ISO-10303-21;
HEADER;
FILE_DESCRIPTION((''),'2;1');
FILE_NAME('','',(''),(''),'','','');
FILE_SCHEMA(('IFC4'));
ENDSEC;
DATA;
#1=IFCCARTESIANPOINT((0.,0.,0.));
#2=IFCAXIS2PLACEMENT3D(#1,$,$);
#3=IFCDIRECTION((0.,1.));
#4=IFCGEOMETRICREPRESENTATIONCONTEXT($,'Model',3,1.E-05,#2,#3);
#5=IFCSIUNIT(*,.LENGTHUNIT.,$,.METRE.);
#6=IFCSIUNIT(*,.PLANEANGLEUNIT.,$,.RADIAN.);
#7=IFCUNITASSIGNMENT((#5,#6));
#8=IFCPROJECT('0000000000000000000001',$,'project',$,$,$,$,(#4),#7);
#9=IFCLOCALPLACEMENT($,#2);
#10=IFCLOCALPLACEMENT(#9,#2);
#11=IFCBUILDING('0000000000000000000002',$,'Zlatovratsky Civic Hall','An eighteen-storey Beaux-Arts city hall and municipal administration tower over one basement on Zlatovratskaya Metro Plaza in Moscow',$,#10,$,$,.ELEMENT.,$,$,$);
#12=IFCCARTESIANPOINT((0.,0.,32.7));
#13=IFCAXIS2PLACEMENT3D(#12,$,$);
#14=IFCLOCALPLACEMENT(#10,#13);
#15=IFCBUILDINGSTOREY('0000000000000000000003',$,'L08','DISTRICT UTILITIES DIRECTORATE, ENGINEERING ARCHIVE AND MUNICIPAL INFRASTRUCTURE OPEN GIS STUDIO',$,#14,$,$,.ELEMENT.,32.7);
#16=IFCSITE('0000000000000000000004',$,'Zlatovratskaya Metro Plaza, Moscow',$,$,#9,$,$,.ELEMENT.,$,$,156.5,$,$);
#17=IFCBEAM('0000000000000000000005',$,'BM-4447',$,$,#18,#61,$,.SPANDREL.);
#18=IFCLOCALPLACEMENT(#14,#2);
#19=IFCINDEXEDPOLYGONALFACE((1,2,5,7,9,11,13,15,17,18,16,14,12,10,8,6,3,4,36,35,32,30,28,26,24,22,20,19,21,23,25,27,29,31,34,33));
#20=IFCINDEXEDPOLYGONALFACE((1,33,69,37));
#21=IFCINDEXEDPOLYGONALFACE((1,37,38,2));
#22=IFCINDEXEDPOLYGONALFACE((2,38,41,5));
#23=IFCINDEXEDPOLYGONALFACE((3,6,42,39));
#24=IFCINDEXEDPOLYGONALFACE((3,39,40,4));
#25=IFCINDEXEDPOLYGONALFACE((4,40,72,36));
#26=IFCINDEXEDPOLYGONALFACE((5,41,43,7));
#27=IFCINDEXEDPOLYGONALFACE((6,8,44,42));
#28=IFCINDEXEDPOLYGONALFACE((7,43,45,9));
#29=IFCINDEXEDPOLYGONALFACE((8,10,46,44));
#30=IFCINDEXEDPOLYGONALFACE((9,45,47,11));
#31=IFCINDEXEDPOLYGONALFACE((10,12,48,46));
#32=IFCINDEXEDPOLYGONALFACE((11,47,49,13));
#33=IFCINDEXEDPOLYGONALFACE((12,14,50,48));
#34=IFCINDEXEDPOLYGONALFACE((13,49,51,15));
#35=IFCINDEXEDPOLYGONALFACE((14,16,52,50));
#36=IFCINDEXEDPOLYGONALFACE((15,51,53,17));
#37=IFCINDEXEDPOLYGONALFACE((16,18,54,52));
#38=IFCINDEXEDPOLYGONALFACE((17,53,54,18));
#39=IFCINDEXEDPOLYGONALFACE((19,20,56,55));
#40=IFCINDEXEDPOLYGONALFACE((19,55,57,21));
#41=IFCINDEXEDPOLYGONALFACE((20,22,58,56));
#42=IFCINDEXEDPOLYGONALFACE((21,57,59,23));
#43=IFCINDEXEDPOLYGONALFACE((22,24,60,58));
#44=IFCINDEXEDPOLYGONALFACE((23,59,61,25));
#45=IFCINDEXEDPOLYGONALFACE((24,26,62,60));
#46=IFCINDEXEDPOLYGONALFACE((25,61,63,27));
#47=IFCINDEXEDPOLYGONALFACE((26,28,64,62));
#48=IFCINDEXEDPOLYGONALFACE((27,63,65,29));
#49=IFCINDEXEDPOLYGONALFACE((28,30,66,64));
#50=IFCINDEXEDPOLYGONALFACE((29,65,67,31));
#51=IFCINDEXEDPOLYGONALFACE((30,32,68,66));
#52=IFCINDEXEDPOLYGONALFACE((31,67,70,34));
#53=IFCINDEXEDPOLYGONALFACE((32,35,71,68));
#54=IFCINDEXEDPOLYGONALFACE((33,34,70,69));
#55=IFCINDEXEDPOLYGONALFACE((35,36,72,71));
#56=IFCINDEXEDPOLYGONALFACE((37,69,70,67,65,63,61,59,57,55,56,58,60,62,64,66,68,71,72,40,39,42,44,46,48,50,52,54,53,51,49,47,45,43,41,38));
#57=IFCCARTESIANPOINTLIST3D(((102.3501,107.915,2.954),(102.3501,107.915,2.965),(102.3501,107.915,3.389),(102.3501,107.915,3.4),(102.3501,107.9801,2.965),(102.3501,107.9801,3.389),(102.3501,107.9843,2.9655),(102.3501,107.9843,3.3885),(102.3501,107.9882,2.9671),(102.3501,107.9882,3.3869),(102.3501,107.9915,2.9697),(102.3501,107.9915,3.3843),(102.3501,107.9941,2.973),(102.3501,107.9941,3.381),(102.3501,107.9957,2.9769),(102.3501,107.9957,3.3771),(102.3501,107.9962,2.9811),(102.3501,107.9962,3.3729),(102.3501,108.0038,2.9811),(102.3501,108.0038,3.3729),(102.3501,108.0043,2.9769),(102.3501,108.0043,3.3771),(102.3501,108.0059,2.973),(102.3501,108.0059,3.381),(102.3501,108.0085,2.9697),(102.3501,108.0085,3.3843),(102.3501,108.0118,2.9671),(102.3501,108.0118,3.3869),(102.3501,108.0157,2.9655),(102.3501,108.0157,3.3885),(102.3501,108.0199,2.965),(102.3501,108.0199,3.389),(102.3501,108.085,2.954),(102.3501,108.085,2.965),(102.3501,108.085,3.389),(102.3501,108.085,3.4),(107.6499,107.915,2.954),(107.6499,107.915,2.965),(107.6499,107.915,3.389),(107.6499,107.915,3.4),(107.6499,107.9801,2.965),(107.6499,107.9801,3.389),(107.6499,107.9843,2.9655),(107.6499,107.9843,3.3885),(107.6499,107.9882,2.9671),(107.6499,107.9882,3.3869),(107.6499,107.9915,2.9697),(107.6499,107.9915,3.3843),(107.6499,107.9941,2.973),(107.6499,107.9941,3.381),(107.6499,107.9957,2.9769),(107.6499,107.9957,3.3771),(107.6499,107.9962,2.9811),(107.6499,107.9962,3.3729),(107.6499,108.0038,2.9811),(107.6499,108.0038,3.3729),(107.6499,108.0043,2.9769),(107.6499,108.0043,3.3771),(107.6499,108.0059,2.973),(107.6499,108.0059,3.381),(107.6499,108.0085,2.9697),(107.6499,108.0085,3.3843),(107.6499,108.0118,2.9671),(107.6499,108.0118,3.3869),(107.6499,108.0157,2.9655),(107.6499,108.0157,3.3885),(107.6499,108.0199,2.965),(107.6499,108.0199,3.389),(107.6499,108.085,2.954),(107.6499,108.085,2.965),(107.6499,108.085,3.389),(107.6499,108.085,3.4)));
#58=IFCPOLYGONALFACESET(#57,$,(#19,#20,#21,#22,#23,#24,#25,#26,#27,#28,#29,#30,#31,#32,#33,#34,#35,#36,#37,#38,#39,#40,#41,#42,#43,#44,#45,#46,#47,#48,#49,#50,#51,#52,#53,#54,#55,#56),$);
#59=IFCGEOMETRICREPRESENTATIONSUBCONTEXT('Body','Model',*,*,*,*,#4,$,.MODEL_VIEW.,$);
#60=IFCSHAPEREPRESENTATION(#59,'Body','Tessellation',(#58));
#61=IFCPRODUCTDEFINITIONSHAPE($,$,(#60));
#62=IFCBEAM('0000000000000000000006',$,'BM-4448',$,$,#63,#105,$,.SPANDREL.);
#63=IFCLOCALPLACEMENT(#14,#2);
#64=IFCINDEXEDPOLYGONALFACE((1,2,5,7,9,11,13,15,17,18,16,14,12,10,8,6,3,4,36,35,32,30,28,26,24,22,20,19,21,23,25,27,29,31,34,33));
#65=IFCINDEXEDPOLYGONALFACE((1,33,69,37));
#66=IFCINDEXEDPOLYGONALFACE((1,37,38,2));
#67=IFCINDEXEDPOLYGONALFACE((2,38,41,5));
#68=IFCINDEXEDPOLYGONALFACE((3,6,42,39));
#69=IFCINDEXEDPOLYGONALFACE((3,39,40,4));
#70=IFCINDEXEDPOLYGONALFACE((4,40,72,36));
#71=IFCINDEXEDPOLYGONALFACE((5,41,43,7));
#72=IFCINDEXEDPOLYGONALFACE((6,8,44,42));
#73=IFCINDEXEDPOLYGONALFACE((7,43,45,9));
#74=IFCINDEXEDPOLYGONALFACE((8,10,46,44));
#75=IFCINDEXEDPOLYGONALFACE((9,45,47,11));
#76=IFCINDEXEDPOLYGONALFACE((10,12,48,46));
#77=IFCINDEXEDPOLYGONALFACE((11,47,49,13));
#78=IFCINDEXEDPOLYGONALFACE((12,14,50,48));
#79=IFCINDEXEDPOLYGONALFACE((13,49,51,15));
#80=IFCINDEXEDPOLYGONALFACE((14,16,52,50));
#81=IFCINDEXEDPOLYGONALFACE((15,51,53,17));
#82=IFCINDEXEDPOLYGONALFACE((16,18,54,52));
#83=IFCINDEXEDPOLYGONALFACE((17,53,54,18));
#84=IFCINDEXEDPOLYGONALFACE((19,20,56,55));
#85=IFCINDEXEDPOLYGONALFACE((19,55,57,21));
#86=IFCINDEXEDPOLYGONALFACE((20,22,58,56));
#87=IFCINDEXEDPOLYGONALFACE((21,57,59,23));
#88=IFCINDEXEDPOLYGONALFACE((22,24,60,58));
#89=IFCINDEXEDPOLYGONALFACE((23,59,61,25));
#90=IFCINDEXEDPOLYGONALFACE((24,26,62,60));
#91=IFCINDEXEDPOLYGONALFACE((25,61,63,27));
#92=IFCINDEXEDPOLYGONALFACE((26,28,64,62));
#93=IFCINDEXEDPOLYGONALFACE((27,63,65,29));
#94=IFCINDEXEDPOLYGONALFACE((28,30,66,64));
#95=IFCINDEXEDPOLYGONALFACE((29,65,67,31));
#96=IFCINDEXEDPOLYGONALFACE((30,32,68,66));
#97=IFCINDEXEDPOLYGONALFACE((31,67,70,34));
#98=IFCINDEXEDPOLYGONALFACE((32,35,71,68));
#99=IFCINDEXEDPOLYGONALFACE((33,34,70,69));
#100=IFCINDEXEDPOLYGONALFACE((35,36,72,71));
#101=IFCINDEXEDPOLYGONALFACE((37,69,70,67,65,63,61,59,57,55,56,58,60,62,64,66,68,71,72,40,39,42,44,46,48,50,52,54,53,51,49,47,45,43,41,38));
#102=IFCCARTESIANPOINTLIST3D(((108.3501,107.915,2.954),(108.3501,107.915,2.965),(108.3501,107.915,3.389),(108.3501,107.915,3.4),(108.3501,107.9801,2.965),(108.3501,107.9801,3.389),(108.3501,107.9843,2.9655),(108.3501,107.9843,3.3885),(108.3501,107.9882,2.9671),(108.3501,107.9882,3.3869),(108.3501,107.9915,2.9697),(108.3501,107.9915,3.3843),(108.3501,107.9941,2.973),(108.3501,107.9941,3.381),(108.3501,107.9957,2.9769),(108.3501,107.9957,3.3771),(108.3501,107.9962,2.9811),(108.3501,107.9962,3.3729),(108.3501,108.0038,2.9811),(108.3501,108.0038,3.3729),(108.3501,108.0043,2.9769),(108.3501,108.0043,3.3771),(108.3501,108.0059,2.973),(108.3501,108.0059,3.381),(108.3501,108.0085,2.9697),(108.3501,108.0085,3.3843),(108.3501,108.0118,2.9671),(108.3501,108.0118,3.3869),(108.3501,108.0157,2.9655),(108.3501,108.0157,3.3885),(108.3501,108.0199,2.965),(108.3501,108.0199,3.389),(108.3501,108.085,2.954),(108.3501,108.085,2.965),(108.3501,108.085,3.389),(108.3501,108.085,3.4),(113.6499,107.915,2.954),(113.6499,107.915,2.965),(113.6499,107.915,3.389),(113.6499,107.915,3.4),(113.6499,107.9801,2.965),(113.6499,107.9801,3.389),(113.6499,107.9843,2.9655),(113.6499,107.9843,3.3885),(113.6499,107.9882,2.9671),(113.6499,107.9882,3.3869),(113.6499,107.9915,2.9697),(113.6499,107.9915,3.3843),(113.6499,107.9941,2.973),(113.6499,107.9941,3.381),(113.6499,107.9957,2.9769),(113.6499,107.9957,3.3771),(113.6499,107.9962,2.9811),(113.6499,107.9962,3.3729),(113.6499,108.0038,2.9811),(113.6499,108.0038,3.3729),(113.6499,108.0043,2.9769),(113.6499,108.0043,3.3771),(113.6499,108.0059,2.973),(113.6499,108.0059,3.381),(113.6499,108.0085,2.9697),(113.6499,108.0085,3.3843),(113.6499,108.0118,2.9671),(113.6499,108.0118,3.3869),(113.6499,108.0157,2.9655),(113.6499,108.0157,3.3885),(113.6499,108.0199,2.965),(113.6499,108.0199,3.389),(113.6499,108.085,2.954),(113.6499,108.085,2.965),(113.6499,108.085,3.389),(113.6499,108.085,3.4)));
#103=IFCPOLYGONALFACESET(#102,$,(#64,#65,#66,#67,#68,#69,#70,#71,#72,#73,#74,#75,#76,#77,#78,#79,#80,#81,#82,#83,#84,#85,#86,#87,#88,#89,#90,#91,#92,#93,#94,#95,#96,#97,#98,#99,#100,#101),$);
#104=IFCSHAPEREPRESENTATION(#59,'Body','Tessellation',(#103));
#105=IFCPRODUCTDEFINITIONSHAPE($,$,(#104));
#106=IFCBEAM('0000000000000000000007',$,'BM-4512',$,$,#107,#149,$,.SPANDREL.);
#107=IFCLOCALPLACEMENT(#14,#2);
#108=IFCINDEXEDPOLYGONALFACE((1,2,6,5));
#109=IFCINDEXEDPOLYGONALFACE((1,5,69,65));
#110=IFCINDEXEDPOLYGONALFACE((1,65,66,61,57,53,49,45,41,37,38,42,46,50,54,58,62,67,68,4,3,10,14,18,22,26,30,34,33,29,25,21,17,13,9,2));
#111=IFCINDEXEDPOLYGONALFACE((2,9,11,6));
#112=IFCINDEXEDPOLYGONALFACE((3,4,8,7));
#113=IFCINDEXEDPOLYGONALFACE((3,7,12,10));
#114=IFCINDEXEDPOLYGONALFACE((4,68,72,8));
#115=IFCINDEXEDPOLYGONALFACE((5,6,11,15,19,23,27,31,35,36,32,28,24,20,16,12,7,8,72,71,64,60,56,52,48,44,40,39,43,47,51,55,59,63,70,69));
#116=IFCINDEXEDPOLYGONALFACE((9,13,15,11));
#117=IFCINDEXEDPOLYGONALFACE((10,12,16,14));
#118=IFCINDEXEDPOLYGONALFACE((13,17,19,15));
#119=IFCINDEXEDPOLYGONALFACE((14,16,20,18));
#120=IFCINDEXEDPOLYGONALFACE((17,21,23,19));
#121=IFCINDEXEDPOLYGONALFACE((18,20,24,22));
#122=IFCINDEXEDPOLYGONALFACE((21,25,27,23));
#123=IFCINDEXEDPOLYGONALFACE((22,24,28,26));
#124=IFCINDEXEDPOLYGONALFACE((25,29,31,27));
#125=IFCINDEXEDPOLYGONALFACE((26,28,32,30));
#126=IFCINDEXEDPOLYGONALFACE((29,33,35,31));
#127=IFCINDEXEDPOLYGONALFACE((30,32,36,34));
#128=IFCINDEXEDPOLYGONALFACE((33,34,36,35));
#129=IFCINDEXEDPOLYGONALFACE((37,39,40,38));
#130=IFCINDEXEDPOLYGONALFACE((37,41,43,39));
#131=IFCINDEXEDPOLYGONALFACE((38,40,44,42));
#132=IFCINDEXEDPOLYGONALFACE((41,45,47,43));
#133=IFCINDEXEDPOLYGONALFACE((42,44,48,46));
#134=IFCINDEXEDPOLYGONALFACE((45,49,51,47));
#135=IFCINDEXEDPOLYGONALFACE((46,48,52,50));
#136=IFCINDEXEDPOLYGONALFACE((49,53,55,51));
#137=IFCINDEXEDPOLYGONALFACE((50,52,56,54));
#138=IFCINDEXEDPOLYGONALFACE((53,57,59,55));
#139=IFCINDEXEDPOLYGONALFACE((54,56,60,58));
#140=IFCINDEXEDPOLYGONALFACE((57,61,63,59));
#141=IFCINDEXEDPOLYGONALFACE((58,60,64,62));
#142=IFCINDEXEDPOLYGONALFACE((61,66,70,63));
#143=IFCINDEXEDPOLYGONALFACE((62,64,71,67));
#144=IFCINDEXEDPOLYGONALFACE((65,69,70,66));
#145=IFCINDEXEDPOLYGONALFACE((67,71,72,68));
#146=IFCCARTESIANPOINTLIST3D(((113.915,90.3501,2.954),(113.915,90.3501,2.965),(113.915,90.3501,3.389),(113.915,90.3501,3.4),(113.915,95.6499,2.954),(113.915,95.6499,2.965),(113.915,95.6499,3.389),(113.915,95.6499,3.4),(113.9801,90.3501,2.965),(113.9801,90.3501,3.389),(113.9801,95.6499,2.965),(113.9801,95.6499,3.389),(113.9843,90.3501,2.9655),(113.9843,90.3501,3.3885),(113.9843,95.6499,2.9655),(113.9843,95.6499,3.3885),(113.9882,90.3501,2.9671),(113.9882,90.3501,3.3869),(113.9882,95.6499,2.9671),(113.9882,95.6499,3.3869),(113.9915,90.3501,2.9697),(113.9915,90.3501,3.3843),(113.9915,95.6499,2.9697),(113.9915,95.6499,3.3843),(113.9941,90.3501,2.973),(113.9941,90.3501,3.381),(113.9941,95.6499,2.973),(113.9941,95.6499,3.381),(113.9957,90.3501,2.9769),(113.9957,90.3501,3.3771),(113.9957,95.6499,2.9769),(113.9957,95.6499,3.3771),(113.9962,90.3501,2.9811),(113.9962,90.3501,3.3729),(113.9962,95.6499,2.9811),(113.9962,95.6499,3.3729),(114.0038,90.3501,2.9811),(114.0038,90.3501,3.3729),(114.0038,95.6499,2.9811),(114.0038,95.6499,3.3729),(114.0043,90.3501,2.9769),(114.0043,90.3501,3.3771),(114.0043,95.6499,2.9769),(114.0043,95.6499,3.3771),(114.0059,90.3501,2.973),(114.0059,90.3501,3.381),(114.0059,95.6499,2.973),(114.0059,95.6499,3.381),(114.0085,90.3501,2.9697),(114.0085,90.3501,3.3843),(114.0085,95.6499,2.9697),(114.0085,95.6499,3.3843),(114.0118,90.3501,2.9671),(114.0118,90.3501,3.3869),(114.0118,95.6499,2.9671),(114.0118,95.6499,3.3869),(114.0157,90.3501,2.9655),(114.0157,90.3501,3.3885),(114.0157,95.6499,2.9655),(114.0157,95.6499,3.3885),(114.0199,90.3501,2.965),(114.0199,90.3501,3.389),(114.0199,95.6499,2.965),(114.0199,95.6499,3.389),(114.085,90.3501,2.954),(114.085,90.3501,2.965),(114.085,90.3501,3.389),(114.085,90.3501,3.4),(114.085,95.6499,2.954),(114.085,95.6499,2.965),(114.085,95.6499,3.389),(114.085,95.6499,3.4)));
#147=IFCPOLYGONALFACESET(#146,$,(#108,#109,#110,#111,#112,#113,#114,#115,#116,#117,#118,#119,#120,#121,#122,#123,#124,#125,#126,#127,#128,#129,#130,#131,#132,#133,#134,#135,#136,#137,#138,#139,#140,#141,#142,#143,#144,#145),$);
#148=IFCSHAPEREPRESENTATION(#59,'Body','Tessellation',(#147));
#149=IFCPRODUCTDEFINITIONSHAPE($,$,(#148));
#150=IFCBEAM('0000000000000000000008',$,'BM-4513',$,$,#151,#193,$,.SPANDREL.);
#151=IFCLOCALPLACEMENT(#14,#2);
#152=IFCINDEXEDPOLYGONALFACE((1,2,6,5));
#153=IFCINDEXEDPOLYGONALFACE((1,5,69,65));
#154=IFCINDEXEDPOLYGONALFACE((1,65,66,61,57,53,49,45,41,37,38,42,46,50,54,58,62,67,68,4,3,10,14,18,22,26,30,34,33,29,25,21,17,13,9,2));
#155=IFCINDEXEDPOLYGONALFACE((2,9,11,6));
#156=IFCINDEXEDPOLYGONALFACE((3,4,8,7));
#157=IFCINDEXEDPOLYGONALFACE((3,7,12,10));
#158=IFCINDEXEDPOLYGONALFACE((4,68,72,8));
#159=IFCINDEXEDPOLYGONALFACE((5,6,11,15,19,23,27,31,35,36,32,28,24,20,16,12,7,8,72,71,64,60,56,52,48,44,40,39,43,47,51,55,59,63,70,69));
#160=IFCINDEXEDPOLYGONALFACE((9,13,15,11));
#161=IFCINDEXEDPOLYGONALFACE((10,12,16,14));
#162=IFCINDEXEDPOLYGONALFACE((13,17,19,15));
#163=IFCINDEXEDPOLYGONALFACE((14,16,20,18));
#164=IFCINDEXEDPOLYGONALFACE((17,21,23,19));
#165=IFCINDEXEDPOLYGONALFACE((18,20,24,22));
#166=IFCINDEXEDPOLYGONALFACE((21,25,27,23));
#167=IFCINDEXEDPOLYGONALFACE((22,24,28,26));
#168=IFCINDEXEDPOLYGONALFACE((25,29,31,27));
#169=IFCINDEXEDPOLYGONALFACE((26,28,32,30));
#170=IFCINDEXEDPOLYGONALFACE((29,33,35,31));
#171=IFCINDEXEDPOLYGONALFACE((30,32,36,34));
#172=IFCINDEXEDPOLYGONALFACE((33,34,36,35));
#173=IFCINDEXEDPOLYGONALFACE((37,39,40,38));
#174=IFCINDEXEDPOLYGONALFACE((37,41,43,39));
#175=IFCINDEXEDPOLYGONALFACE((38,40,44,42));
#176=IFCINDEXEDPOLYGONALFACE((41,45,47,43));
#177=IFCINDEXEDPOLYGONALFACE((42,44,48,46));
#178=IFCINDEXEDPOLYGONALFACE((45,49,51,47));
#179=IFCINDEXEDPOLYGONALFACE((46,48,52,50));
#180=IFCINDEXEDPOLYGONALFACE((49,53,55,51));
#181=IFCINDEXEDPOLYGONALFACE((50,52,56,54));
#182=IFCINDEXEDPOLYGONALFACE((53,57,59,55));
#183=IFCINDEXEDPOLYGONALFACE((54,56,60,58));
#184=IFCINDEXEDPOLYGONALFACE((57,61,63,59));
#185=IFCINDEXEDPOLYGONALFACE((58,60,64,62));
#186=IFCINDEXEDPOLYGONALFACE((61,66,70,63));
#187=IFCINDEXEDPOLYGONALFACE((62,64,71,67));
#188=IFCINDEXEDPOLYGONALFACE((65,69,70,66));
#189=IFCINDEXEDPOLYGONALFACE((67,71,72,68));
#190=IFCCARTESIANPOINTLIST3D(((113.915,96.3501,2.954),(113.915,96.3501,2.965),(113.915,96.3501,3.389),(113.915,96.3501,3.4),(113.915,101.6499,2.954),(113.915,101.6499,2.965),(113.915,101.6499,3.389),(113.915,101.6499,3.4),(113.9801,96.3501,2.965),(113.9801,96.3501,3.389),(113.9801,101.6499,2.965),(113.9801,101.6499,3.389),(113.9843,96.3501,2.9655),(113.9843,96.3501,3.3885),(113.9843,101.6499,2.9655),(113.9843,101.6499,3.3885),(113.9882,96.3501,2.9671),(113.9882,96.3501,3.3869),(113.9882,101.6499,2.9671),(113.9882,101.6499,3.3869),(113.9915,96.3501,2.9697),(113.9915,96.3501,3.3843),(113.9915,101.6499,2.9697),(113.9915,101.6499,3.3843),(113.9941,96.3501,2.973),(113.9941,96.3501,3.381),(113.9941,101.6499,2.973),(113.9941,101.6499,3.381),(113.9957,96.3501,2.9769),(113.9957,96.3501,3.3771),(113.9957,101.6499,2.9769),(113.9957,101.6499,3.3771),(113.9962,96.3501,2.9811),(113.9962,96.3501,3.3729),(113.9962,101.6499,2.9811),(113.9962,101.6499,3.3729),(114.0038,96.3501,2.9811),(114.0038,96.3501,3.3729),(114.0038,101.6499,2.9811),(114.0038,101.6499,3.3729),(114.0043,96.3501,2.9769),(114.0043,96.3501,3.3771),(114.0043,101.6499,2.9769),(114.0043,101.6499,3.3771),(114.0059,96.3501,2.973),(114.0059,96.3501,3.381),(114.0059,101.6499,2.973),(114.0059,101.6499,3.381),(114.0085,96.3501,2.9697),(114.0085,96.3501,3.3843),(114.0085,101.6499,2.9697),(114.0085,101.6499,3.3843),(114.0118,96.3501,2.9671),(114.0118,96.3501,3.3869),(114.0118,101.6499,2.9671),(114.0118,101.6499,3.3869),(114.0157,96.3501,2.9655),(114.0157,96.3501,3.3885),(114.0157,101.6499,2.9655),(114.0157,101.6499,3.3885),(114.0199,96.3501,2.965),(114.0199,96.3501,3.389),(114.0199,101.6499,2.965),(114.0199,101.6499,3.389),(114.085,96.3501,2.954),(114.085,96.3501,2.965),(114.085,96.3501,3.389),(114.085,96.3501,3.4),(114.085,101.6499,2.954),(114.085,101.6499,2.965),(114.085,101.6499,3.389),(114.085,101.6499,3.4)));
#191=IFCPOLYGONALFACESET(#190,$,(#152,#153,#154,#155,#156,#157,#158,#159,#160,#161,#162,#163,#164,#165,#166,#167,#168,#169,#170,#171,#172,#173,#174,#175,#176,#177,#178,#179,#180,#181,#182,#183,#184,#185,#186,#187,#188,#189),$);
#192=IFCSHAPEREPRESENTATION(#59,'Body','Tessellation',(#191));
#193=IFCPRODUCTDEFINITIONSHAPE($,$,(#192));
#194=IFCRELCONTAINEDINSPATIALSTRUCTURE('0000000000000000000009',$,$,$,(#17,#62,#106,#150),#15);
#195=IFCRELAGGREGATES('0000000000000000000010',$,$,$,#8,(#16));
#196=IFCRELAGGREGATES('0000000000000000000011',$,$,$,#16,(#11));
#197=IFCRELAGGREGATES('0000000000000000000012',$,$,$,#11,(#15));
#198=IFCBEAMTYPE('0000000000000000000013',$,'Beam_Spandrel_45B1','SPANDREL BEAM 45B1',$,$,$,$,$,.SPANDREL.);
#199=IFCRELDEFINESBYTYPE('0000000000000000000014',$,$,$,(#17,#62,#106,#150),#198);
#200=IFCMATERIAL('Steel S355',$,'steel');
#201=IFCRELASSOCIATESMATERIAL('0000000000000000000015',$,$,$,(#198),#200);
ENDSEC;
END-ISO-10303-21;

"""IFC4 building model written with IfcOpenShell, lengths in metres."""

from ifc_helpers import new_model, si_unit, direction, frame, origin, origin_2d, place, context, subcontext, project, spatial, i_section, extrude, material, material_profile, profile_set, type_object, element, save


model = new_model("IFC4")

# Units and contexts
model_context = context("Model", 3, precision=1e-05, world=origin(), true_north=direction((0.0, 1.0)))
body_context = subcontext(model_context, "Body", "Model", "MODEL_VIEW")
ifc_project = project(units=[si_unit("LENGTHUNIT", "METRE"), si_unit("PLANEANGLEUNIT", "RADIAN")], contexts=[model_context])

# Site, building, storey
site_placement = place(None, origin())
site = spatial("IfcSite", under=ifc_project, at=site_placement, Name="Zlatovratskaya Metro Plaza, Moscow", CompositionType="ELEMENT", RefElevation=156.5)
building_placement = place(site_placement, origin())
building = spatial("IfcBuilding", under=site, at=building_placement, Name="Zlatovratsky Civic Hall", Description="An eighteen-storey Beaux-Arts city hall and municipal administration tower over one basement on Zlatovratskaya Metro Plaza in Moscow", CompositionType="ELEMENT")
storey_placement = place(building_placement, frame((0.0, 0.0, 32.7)))
storey = spatial("IfcBuildingStorey", under=building, at=storey_placement, Name="L08", Description="DISTRICT UTILITIES DIRECTORATE, ENGINEERING ARCHIVE AND MUNICIPAL INFRASTRUCTURE OPEN GIS STUDIO", CompositionType="ELEMENT", Elevation=32.7)

# Shared definitions
ifc_material_1 = material(Name="Steel S355", Category="steel")

# Beams
ifc_material_profile_1 = material_profile(ifc_material_1, i_section(OverallWidth=0.1699, OverallDepth=0.446, WebThickness=0.0076, FlangeThickness=0.011, FilletRadius=0.0161, at=origin_2d()), Name="45B1")
ifc_profile_set_1 = profile_set([ifc_material_profile_1], Name="Steel S355")
beam_type_1 = type_object("IfcBeamType", Name="Beam_Spandrel_45B1", Description="SPANDREL BEAM 45B1", PredefinedType="SPANDREL", material=ifc_profile_set_1)
for number, where, z_axis, x_axis, name in (
    (1, (102.3501, 108.0, 3.177), (1.0, 0.0, 0.0), (0.0, 1.0, 0.0), "BM-4447"),
    (2, (108.3501, 108.0, 3.177), (1.0, 0.0, 0.0), (0.0, 1.0, 0.0), "BM-4448"),
    (3, (114.0, 90.3501, 3.177), (0.0, 1.0, 0.0), (-1.0, 0.0, 0.0), "BM-4512"),
    (4, (114.0, 96.3501, 3.177), (0.0, 1.0, 0.0), (-1.0, 0.0, 0.0), "BM-4513"),
):
    element("IfcBeam", number, at=place(storey_placement, frame(where, z_axis=z_axis, x_axis=x_axis)), inside=storey, type_object=beam_type_1, Name=name, PredefinedType="SPANDREL", context=body_context, shape_type="SweptSolid", body=[
        extrude(i_section(OverallWidth=0.1699, OverallDepth=0.446, WebThickness=0.0076, FlangeThickness=0.011, FilletRadius=0.0161, at=origin_2d()), origin(), (0.0, 0.0, 1.0), 5.2998),
    ])

save(model, "model.ifc")
